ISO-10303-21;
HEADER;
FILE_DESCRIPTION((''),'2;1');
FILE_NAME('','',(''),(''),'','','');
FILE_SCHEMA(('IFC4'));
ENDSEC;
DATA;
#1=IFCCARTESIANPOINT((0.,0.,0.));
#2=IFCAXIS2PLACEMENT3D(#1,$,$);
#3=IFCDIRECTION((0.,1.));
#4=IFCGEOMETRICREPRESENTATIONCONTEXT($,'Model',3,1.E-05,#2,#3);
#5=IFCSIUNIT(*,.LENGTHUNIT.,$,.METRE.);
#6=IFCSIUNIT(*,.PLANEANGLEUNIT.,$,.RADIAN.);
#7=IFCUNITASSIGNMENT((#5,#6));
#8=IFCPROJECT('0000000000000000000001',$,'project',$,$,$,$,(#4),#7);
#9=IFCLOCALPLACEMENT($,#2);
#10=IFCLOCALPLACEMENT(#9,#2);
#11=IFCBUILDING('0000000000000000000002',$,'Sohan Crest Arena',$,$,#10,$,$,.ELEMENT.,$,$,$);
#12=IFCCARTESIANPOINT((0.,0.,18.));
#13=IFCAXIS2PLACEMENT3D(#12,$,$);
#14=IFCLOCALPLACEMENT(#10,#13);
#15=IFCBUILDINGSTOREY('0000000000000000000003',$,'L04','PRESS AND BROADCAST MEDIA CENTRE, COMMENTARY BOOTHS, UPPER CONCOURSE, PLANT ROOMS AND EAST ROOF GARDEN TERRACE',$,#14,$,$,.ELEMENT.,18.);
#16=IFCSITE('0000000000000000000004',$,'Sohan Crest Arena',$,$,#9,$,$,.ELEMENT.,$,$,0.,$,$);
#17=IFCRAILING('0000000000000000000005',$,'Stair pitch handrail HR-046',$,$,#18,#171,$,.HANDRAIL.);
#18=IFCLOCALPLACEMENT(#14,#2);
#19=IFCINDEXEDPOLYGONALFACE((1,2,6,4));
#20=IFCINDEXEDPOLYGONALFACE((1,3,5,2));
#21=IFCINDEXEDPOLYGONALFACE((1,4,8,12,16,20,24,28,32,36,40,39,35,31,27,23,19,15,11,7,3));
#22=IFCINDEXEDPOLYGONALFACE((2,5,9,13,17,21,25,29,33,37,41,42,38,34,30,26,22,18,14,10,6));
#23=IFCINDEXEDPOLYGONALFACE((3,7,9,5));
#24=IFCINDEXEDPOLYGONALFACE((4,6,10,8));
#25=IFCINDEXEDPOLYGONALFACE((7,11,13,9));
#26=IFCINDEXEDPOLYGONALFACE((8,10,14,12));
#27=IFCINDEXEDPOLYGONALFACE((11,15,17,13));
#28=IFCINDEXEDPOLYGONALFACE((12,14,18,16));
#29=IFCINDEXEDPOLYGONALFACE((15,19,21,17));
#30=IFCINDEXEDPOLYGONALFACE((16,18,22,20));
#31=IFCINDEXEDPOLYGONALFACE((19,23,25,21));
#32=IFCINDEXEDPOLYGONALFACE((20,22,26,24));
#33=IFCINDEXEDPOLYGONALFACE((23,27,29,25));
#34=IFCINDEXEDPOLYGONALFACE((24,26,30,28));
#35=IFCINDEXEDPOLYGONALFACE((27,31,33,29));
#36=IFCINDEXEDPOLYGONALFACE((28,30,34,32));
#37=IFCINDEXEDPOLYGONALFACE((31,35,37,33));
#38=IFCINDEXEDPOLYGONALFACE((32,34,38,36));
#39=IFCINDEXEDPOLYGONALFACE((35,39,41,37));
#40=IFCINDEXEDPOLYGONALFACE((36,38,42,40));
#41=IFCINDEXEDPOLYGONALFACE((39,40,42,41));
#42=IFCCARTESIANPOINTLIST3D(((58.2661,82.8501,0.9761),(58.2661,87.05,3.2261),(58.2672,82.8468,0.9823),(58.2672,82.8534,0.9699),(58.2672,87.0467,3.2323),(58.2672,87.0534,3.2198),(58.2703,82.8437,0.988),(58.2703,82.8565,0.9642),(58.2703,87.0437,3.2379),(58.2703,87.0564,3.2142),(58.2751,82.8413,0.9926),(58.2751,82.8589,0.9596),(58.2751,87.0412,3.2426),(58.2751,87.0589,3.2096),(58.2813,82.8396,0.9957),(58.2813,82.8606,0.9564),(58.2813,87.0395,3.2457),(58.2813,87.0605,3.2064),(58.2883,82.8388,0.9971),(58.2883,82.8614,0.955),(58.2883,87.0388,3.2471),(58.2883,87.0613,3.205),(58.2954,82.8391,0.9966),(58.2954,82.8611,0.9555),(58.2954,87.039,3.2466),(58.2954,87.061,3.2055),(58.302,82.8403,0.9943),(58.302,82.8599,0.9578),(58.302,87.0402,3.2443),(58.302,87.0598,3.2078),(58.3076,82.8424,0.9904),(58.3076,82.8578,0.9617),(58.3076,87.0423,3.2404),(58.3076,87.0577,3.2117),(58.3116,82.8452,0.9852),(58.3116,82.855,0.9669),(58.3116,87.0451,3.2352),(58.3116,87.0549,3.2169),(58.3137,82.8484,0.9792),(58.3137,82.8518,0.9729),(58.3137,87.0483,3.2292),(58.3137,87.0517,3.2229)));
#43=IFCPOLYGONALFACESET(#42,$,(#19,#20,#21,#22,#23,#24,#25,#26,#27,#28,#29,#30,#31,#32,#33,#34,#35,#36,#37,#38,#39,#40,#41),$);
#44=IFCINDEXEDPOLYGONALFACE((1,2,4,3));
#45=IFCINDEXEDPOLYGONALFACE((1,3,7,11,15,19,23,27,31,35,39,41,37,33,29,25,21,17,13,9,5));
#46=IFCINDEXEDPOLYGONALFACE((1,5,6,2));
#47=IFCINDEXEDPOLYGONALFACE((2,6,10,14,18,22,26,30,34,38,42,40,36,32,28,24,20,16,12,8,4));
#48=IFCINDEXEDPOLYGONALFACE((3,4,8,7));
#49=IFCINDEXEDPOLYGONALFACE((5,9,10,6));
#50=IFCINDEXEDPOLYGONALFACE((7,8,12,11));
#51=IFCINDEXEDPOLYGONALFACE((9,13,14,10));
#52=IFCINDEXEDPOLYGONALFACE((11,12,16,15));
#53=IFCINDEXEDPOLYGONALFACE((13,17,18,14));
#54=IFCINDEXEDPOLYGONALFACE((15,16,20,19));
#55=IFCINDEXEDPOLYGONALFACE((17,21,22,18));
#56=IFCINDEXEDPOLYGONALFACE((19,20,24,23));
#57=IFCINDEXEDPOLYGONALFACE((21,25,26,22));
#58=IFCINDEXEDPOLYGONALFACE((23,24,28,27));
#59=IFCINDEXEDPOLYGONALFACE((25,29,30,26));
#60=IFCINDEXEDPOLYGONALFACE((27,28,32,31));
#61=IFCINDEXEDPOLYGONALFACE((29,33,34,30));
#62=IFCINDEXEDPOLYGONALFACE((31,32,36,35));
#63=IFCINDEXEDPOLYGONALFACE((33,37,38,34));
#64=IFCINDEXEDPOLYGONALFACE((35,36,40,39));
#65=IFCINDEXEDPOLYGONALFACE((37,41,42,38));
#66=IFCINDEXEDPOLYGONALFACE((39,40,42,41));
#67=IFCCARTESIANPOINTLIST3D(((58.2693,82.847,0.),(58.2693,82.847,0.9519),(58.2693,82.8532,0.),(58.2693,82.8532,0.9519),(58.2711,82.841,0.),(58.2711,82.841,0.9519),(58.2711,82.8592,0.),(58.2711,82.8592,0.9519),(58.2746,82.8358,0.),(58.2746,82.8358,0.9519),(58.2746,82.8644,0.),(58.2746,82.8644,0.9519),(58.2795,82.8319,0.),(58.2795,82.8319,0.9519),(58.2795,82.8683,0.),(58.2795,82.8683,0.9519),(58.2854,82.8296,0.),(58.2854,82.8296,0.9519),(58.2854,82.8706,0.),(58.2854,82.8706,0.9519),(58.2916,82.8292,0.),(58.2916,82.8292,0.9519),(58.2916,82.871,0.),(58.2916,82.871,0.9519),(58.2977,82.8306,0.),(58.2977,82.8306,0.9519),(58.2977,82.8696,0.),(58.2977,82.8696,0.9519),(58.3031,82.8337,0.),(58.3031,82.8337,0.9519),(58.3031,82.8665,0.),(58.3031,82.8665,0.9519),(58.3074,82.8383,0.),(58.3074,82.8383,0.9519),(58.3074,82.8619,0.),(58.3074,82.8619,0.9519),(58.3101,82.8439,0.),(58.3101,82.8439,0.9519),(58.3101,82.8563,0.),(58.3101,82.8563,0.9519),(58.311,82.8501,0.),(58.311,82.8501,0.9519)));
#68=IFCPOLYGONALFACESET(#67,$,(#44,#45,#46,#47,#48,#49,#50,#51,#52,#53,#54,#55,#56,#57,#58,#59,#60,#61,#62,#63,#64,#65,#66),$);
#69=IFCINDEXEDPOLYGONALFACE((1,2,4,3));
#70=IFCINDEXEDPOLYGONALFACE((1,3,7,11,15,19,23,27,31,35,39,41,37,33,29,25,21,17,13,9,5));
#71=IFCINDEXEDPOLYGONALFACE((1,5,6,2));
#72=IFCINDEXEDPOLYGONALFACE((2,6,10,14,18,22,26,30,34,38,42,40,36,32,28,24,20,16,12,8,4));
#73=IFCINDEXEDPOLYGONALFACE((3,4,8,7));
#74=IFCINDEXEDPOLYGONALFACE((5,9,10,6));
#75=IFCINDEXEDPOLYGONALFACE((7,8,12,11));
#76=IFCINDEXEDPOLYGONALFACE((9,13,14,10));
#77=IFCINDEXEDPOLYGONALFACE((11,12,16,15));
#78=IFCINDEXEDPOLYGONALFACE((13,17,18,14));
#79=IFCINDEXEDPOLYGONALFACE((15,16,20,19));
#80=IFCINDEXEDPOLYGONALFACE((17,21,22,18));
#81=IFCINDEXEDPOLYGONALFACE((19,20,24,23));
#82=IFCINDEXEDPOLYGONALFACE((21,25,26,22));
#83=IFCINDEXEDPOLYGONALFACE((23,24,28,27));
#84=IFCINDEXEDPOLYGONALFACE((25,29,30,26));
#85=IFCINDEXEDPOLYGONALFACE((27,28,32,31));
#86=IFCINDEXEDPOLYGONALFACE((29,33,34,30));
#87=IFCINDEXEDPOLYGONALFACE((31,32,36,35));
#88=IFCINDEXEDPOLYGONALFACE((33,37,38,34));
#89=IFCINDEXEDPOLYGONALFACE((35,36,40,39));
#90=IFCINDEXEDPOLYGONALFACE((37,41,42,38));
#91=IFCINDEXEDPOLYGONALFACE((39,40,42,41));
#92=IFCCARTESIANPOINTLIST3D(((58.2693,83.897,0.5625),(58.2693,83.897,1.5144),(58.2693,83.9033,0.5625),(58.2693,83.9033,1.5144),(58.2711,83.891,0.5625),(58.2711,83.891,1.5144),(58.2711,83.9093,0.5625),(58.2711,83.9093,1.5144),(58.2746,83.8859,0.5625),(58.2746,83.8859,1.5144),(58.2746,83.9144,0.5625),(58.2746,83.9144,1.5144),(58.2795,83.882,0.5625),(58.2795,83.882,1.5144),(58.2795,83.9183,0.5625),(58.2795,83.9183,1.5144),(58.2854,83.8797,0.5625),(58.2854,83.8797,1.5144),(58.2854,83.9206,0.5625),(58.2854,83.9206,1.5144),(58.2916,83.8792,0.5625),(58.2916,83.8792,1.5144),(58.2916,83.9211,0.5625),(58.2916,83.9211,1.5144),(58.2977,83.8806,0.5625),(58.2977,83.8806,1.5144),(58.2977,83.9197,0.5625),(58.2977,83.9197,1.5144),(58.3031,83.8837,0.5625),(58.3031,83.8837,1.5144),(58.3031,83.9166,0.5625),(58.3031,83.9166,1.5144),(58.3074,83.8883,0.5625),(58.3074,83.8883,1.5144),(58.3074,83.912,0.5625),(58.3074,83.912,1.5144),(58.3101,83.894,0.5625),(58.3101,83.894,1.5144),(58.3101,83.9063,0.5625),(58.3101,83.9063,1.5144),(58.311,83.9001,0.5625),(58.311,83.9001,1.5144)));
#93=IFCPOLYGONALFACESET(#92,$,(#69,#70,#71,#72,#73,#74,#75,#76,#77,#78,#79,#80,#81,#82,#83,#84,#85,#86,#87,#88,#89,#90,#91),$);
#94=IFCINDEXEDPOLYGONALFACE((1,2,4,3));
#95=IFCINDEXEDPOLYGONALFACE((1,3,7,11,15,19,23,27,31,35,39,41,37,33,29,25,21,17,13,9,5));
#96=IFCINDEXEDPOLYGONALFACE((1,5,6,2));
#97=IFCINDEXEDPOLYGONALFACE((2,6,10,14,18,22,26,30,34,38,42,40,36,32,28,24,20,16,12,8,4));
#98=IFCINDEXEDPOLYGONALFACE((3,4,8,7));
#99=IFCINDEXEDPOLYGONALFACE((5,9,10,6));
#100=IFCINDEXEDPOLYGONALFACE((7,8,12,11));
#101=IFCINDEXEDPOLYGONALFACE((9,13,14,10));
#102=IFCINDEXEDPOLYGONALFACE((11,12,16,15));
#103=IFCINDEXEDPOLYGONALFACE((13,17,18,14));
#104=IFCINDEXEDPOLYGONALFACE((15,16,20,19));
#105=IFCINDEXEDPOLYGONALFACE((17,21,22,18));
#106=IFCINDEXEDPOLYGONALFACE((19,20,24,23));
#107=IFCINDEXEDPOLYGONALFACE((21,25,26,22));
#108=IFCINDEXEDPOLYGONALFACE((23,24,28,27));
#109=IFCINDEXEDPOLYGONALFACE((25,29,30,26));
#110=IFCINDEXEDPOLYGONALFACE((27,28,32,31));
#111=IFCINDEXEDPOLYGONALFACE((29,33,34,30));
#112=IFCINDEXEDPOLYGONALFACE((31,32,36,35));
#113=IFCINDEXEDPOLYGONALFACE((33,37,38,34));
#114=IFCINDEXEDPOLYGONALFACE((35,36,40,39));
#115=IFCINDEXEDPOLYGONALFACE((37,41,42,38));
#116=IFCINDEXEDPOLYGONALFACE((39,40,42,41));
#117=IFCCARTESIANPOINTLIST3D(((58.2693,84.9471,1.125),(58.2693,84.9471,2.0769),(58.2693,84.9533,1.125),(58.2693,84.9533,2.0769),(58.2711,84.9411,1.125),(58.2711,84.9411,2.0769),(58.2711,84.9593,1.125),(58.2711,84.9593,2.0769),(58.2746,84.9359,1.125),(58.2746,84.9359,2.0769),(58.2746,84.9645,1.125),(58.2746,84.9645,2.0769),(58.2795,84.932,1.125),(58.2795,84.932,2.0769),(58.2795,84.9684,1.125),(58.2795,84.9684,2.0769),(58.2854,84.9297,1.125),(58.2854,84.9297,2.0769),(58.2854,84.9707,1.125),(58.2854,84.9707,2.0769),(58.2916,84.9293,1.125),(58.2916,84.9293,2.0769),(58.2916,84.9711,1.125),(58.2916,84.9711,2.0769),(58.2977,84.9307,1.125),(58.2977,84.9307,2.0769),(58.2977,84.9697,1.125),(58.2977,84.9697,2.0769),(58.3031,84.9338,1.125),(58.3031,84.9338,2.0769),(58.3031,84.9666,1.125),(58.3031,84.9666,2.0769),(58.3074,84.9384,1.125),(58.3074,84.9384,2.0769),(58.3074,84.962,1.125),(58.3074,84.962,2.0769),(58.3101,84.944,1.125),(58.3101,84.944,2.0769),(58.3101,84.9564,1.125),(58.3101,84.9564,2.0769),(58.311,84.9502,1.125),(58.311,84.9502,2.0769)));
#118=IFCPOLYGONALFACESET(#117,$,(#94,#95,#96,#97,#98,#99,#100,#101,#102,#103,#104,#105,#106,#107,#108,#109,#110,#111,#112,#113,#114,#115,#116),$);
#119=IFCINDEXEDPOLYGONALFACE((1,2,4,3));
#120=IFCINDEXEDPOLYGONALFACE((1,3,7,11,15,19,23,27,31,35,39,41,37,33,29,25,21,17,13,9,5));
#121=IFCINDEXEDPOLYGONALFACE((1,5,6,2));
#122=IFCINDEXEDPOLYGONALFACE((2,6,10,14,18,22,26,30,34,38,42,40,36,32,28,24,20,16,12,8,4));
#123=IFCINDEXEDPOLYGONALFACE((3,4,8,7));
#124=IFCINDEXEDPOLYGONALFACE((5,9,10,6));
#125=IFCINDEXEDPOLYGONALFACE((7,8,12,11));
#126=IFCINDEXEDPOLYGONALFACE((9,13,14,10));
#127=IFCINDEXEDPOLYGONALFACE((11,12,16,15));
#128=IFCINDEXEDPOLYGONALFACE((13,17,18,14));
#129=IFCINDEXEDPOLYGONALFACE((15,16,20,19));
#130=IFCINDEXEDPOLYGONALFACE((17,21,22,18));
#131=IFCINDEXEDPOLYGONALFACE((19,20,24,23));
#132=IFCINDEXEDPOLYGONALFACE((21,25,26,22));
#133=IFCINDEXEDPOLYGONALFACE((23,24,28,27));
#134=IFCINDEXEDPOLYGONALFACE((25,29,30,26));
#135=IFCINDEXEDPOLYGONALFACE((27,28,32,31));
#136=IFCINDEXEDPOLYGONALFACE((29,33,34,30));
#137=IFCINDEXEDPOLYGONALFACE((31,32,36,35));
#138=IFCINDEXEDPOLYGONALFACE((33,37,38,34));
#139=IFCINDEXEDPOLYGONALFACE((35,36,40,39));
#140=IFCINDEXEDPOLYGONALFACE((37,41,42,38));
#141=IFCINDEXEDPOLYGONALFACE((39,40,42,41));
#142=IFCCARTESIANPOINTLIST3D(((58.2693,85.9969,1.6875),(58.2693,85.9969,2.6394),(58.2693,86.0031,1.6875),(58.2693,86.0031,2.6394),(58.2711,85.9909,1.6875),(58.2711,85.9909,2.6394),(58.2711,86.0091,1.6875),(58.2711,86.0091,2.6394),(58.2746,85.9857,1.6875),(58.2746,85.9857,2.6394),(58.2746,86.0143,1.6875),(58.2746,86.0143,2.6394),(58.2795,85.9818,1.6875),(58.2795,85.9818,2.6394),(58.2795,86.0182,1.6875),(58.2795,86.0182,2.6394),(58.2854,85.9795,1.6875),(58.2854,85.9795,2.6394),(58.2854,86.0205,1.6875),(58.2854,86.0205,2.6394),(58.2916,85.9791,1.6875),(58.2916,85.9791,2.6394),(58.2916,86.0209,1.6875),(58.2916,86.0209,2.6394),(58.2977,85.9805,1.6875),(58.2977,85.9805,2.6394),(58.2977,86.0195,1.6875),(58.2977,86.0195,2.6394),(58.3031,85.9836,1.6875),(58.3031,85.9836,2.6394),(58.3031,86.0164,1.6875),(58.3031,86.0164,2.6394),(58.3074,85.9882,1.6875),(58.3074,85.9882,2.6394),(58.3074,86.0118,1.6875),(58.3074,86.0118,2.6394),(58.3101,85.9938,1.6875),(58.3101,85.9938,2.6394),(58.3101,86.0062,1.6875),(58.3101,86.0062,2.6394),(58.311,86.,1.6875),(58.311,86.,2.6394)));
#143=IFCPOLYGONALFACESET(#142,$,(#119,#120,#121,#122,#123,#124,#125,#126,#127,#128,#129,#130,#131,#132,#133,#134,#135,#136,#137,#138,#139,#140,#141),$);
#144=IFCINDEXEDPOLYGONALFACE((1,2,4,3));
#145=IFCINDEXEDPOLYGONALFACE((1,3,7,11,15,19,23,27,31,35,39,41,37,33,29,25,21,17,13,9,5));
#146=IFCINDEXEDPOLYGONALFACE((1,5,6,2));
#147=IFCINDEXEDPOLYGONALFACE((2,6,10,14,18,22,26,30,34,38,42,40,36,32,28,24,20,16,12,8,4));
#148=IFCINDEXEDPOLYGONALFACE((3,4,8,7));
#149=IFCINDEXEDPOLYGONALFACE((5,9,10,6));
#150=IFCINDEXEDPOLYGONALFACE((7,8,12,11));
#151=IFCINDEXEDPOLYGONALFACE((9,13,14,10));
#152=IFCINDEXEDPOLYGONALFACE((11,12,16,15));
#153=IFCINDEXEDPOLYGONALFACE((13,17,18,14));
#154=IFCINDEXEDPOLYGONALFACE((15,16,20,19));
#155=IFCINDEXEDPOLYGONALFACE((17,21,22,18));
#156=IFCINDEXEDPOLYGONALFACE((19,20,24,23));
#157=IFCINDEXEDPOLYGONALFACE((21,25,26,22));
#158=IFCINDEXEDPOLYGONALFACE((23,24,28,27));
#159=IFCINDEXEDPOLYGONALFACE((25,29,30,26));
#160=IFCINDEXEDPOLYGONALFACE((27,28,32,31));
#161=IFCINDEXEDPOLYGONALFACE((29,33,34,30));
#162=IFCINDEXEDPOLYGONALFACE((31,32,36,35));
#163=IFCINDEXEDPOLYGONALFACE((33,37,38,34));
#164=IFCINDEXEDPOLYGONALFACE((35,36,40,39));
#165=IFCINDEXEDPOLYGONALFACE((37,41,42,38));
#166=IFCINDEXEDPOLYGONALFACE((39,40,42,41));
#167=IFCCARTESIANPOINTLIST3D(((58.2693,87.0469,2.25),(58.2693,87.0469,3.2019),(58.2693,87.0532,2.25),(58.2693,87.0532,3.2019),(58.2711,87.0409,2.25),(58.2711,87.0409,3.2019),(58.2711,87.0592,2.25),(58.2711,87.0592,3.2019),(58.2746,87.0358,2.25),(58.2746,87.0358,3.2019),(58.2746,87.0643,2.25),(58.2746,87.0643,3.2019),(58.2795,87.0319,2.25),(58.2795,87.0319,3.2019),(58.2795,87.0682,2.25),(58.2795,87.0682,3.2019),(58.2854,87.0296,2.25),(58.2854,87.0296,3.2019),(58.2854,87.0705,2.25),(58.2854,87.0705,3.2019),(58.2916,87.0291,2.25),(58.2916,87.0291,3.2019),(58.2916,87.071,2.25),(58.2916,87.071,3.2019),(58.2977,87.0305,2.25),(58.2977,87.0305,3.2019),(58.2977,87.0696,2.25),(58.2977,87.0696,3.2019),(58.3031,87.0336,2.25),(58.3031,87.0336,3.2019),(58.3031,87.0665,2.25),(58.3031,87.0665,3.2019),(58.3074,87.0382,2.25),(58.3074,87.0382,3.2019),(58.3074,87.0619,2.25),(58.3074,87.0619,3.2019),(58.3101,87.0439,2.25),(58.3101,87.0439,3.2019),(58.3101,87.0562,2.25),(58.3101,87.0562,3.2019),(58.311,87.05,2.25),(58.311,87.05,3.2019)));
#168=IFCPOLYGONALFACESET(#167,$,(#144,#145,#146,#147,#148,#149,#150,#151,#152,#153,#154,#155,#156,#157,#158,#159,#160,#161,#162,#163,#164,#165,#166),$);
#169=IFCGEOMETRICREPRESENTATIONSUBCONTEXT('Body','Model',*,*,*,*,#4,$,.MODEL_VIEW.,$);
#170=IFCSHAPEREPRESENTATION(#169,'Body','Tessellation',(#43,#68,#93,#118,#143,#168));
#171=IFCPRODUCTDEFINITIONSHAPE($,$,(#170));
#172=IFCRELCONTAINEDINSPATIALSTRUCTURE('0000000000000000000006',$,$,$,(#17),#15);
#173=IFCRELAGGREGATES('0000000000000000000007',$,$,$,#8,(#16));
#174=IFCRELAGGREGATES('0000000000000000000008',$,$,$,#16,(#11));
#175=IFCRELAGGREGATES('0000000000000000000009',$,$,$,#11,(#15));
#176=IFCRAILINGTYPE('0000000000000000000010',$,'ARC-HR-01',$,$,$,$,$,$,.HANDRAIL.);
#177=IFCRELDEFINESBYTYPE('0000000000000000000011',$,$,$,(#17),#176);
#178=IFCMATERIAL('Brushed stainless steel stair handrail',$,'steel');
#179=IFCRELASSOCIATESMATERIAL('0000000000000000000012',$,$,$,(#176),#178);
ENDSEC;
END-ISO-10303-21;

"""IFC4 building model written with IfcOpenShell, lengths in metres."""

from ifc_helpers import new_model, si_unit, direction, frame, origin, origin_2d, place, context, subcontext, project, spatial, circle, extrude, material, type_object, element, save


model = new_model("IFC4")

# Units and contexts
model_context = context("Model", 3, precision=1e-05, world=origin(), true_north=direction((0.0, 1.0)))
body_context = subcontext(model_context, "Body", "Model", "MODEL_VIEW")
ifc_project = project(units=[si_unit("LENGTHUNIT", "METRE"), si_unit("PLANEANGLEUNIT", "RADIAN")], contexts=[model_context])

# Site, building, storey
site_placement = place(None, origin())
site = spatial("IfcSite", under=ifc_project, at=site_placement, Name="Sohan Crest Arena", CompositionType="ELEMENT", RefElevation=0.0)
building_placement = place(site_placement, origin())
building = spatial("IfcBuilding", under=site, at=building_placement, Name="Sohan Crest Arena", CompositionType="ELEMENT")
storey_placement = place(building_placement, frame((0.0, 0.0, 18.0)))
storey = spatial("IfcBuildingStorey", under=building, at=storey_placement, Name="L04", Description="PRESS AND BROADCAST MEDIA CENTRE, COMMENTARY BOOTHS, UPPER CONCOURSE, PLANT ROOMS AND EAST ROOF GARDEN TERRACE", CompositionType="ELEMENT", Elevation=18.0)

# Railing
ifc_material_1 = material(Name="Brushed stainless steel stair handrail", Category="steel")
railing_type_1 = type_object("IfcRailingType", Name="ARC-HR-01", PredefinedType="HANDRAIL", material=ifc_material_1)
railing_1_placement = place(storey_placement, frame((58.29, 82.8501, 0.0)))
element("IfcRailing", 1, at=railing_1_placement, inside=storey, type_object=railing_type_1, Name="Stair pitch handrail HR-046", PredefinedType="HANDRAIL", context=body_context, shape_type="SweptSolid", body=[
    extrude(circle(Radius=0.0239, at=origin_2d()), frame((0.0, 0.0, 0.9761), z_axis=(0.0, 0.881478, 0.472226), x_axis=(-1.0, 0.0, 0.0)), (0.0, 0.0, 1.0), 4.7646),
    extrude(circle(Radius=0.021, at=origin_2d()), origin(), (0.0, 0.0, 1.0), 0.9519),
    extrude(circle(Radius=0.021, at=origin_2d()), frame((0.0, 1.05, 0.5625)), (0.0, 0.0, 1.0), 0.9519),
    extrude(circle(Radius=0.021, at=origin_2d()), frame((0.0, 2.1001, 1.125)), (0.0, 0.0, 1.0), 0.9519),
    extrude(circle(Radius=0.021, at=origin_2d()), frame((0.0, 3.1499, 1.6875)), (0.0, 0.0, 1.0), 0.9519),
    extrude(circle(Radius=0.021, at=origin_2d()), frame((0.0, 4.2, 2.25)), (0.0, 0.0, 1.0), 0.9519),
])

save(model, "model.ifc")
